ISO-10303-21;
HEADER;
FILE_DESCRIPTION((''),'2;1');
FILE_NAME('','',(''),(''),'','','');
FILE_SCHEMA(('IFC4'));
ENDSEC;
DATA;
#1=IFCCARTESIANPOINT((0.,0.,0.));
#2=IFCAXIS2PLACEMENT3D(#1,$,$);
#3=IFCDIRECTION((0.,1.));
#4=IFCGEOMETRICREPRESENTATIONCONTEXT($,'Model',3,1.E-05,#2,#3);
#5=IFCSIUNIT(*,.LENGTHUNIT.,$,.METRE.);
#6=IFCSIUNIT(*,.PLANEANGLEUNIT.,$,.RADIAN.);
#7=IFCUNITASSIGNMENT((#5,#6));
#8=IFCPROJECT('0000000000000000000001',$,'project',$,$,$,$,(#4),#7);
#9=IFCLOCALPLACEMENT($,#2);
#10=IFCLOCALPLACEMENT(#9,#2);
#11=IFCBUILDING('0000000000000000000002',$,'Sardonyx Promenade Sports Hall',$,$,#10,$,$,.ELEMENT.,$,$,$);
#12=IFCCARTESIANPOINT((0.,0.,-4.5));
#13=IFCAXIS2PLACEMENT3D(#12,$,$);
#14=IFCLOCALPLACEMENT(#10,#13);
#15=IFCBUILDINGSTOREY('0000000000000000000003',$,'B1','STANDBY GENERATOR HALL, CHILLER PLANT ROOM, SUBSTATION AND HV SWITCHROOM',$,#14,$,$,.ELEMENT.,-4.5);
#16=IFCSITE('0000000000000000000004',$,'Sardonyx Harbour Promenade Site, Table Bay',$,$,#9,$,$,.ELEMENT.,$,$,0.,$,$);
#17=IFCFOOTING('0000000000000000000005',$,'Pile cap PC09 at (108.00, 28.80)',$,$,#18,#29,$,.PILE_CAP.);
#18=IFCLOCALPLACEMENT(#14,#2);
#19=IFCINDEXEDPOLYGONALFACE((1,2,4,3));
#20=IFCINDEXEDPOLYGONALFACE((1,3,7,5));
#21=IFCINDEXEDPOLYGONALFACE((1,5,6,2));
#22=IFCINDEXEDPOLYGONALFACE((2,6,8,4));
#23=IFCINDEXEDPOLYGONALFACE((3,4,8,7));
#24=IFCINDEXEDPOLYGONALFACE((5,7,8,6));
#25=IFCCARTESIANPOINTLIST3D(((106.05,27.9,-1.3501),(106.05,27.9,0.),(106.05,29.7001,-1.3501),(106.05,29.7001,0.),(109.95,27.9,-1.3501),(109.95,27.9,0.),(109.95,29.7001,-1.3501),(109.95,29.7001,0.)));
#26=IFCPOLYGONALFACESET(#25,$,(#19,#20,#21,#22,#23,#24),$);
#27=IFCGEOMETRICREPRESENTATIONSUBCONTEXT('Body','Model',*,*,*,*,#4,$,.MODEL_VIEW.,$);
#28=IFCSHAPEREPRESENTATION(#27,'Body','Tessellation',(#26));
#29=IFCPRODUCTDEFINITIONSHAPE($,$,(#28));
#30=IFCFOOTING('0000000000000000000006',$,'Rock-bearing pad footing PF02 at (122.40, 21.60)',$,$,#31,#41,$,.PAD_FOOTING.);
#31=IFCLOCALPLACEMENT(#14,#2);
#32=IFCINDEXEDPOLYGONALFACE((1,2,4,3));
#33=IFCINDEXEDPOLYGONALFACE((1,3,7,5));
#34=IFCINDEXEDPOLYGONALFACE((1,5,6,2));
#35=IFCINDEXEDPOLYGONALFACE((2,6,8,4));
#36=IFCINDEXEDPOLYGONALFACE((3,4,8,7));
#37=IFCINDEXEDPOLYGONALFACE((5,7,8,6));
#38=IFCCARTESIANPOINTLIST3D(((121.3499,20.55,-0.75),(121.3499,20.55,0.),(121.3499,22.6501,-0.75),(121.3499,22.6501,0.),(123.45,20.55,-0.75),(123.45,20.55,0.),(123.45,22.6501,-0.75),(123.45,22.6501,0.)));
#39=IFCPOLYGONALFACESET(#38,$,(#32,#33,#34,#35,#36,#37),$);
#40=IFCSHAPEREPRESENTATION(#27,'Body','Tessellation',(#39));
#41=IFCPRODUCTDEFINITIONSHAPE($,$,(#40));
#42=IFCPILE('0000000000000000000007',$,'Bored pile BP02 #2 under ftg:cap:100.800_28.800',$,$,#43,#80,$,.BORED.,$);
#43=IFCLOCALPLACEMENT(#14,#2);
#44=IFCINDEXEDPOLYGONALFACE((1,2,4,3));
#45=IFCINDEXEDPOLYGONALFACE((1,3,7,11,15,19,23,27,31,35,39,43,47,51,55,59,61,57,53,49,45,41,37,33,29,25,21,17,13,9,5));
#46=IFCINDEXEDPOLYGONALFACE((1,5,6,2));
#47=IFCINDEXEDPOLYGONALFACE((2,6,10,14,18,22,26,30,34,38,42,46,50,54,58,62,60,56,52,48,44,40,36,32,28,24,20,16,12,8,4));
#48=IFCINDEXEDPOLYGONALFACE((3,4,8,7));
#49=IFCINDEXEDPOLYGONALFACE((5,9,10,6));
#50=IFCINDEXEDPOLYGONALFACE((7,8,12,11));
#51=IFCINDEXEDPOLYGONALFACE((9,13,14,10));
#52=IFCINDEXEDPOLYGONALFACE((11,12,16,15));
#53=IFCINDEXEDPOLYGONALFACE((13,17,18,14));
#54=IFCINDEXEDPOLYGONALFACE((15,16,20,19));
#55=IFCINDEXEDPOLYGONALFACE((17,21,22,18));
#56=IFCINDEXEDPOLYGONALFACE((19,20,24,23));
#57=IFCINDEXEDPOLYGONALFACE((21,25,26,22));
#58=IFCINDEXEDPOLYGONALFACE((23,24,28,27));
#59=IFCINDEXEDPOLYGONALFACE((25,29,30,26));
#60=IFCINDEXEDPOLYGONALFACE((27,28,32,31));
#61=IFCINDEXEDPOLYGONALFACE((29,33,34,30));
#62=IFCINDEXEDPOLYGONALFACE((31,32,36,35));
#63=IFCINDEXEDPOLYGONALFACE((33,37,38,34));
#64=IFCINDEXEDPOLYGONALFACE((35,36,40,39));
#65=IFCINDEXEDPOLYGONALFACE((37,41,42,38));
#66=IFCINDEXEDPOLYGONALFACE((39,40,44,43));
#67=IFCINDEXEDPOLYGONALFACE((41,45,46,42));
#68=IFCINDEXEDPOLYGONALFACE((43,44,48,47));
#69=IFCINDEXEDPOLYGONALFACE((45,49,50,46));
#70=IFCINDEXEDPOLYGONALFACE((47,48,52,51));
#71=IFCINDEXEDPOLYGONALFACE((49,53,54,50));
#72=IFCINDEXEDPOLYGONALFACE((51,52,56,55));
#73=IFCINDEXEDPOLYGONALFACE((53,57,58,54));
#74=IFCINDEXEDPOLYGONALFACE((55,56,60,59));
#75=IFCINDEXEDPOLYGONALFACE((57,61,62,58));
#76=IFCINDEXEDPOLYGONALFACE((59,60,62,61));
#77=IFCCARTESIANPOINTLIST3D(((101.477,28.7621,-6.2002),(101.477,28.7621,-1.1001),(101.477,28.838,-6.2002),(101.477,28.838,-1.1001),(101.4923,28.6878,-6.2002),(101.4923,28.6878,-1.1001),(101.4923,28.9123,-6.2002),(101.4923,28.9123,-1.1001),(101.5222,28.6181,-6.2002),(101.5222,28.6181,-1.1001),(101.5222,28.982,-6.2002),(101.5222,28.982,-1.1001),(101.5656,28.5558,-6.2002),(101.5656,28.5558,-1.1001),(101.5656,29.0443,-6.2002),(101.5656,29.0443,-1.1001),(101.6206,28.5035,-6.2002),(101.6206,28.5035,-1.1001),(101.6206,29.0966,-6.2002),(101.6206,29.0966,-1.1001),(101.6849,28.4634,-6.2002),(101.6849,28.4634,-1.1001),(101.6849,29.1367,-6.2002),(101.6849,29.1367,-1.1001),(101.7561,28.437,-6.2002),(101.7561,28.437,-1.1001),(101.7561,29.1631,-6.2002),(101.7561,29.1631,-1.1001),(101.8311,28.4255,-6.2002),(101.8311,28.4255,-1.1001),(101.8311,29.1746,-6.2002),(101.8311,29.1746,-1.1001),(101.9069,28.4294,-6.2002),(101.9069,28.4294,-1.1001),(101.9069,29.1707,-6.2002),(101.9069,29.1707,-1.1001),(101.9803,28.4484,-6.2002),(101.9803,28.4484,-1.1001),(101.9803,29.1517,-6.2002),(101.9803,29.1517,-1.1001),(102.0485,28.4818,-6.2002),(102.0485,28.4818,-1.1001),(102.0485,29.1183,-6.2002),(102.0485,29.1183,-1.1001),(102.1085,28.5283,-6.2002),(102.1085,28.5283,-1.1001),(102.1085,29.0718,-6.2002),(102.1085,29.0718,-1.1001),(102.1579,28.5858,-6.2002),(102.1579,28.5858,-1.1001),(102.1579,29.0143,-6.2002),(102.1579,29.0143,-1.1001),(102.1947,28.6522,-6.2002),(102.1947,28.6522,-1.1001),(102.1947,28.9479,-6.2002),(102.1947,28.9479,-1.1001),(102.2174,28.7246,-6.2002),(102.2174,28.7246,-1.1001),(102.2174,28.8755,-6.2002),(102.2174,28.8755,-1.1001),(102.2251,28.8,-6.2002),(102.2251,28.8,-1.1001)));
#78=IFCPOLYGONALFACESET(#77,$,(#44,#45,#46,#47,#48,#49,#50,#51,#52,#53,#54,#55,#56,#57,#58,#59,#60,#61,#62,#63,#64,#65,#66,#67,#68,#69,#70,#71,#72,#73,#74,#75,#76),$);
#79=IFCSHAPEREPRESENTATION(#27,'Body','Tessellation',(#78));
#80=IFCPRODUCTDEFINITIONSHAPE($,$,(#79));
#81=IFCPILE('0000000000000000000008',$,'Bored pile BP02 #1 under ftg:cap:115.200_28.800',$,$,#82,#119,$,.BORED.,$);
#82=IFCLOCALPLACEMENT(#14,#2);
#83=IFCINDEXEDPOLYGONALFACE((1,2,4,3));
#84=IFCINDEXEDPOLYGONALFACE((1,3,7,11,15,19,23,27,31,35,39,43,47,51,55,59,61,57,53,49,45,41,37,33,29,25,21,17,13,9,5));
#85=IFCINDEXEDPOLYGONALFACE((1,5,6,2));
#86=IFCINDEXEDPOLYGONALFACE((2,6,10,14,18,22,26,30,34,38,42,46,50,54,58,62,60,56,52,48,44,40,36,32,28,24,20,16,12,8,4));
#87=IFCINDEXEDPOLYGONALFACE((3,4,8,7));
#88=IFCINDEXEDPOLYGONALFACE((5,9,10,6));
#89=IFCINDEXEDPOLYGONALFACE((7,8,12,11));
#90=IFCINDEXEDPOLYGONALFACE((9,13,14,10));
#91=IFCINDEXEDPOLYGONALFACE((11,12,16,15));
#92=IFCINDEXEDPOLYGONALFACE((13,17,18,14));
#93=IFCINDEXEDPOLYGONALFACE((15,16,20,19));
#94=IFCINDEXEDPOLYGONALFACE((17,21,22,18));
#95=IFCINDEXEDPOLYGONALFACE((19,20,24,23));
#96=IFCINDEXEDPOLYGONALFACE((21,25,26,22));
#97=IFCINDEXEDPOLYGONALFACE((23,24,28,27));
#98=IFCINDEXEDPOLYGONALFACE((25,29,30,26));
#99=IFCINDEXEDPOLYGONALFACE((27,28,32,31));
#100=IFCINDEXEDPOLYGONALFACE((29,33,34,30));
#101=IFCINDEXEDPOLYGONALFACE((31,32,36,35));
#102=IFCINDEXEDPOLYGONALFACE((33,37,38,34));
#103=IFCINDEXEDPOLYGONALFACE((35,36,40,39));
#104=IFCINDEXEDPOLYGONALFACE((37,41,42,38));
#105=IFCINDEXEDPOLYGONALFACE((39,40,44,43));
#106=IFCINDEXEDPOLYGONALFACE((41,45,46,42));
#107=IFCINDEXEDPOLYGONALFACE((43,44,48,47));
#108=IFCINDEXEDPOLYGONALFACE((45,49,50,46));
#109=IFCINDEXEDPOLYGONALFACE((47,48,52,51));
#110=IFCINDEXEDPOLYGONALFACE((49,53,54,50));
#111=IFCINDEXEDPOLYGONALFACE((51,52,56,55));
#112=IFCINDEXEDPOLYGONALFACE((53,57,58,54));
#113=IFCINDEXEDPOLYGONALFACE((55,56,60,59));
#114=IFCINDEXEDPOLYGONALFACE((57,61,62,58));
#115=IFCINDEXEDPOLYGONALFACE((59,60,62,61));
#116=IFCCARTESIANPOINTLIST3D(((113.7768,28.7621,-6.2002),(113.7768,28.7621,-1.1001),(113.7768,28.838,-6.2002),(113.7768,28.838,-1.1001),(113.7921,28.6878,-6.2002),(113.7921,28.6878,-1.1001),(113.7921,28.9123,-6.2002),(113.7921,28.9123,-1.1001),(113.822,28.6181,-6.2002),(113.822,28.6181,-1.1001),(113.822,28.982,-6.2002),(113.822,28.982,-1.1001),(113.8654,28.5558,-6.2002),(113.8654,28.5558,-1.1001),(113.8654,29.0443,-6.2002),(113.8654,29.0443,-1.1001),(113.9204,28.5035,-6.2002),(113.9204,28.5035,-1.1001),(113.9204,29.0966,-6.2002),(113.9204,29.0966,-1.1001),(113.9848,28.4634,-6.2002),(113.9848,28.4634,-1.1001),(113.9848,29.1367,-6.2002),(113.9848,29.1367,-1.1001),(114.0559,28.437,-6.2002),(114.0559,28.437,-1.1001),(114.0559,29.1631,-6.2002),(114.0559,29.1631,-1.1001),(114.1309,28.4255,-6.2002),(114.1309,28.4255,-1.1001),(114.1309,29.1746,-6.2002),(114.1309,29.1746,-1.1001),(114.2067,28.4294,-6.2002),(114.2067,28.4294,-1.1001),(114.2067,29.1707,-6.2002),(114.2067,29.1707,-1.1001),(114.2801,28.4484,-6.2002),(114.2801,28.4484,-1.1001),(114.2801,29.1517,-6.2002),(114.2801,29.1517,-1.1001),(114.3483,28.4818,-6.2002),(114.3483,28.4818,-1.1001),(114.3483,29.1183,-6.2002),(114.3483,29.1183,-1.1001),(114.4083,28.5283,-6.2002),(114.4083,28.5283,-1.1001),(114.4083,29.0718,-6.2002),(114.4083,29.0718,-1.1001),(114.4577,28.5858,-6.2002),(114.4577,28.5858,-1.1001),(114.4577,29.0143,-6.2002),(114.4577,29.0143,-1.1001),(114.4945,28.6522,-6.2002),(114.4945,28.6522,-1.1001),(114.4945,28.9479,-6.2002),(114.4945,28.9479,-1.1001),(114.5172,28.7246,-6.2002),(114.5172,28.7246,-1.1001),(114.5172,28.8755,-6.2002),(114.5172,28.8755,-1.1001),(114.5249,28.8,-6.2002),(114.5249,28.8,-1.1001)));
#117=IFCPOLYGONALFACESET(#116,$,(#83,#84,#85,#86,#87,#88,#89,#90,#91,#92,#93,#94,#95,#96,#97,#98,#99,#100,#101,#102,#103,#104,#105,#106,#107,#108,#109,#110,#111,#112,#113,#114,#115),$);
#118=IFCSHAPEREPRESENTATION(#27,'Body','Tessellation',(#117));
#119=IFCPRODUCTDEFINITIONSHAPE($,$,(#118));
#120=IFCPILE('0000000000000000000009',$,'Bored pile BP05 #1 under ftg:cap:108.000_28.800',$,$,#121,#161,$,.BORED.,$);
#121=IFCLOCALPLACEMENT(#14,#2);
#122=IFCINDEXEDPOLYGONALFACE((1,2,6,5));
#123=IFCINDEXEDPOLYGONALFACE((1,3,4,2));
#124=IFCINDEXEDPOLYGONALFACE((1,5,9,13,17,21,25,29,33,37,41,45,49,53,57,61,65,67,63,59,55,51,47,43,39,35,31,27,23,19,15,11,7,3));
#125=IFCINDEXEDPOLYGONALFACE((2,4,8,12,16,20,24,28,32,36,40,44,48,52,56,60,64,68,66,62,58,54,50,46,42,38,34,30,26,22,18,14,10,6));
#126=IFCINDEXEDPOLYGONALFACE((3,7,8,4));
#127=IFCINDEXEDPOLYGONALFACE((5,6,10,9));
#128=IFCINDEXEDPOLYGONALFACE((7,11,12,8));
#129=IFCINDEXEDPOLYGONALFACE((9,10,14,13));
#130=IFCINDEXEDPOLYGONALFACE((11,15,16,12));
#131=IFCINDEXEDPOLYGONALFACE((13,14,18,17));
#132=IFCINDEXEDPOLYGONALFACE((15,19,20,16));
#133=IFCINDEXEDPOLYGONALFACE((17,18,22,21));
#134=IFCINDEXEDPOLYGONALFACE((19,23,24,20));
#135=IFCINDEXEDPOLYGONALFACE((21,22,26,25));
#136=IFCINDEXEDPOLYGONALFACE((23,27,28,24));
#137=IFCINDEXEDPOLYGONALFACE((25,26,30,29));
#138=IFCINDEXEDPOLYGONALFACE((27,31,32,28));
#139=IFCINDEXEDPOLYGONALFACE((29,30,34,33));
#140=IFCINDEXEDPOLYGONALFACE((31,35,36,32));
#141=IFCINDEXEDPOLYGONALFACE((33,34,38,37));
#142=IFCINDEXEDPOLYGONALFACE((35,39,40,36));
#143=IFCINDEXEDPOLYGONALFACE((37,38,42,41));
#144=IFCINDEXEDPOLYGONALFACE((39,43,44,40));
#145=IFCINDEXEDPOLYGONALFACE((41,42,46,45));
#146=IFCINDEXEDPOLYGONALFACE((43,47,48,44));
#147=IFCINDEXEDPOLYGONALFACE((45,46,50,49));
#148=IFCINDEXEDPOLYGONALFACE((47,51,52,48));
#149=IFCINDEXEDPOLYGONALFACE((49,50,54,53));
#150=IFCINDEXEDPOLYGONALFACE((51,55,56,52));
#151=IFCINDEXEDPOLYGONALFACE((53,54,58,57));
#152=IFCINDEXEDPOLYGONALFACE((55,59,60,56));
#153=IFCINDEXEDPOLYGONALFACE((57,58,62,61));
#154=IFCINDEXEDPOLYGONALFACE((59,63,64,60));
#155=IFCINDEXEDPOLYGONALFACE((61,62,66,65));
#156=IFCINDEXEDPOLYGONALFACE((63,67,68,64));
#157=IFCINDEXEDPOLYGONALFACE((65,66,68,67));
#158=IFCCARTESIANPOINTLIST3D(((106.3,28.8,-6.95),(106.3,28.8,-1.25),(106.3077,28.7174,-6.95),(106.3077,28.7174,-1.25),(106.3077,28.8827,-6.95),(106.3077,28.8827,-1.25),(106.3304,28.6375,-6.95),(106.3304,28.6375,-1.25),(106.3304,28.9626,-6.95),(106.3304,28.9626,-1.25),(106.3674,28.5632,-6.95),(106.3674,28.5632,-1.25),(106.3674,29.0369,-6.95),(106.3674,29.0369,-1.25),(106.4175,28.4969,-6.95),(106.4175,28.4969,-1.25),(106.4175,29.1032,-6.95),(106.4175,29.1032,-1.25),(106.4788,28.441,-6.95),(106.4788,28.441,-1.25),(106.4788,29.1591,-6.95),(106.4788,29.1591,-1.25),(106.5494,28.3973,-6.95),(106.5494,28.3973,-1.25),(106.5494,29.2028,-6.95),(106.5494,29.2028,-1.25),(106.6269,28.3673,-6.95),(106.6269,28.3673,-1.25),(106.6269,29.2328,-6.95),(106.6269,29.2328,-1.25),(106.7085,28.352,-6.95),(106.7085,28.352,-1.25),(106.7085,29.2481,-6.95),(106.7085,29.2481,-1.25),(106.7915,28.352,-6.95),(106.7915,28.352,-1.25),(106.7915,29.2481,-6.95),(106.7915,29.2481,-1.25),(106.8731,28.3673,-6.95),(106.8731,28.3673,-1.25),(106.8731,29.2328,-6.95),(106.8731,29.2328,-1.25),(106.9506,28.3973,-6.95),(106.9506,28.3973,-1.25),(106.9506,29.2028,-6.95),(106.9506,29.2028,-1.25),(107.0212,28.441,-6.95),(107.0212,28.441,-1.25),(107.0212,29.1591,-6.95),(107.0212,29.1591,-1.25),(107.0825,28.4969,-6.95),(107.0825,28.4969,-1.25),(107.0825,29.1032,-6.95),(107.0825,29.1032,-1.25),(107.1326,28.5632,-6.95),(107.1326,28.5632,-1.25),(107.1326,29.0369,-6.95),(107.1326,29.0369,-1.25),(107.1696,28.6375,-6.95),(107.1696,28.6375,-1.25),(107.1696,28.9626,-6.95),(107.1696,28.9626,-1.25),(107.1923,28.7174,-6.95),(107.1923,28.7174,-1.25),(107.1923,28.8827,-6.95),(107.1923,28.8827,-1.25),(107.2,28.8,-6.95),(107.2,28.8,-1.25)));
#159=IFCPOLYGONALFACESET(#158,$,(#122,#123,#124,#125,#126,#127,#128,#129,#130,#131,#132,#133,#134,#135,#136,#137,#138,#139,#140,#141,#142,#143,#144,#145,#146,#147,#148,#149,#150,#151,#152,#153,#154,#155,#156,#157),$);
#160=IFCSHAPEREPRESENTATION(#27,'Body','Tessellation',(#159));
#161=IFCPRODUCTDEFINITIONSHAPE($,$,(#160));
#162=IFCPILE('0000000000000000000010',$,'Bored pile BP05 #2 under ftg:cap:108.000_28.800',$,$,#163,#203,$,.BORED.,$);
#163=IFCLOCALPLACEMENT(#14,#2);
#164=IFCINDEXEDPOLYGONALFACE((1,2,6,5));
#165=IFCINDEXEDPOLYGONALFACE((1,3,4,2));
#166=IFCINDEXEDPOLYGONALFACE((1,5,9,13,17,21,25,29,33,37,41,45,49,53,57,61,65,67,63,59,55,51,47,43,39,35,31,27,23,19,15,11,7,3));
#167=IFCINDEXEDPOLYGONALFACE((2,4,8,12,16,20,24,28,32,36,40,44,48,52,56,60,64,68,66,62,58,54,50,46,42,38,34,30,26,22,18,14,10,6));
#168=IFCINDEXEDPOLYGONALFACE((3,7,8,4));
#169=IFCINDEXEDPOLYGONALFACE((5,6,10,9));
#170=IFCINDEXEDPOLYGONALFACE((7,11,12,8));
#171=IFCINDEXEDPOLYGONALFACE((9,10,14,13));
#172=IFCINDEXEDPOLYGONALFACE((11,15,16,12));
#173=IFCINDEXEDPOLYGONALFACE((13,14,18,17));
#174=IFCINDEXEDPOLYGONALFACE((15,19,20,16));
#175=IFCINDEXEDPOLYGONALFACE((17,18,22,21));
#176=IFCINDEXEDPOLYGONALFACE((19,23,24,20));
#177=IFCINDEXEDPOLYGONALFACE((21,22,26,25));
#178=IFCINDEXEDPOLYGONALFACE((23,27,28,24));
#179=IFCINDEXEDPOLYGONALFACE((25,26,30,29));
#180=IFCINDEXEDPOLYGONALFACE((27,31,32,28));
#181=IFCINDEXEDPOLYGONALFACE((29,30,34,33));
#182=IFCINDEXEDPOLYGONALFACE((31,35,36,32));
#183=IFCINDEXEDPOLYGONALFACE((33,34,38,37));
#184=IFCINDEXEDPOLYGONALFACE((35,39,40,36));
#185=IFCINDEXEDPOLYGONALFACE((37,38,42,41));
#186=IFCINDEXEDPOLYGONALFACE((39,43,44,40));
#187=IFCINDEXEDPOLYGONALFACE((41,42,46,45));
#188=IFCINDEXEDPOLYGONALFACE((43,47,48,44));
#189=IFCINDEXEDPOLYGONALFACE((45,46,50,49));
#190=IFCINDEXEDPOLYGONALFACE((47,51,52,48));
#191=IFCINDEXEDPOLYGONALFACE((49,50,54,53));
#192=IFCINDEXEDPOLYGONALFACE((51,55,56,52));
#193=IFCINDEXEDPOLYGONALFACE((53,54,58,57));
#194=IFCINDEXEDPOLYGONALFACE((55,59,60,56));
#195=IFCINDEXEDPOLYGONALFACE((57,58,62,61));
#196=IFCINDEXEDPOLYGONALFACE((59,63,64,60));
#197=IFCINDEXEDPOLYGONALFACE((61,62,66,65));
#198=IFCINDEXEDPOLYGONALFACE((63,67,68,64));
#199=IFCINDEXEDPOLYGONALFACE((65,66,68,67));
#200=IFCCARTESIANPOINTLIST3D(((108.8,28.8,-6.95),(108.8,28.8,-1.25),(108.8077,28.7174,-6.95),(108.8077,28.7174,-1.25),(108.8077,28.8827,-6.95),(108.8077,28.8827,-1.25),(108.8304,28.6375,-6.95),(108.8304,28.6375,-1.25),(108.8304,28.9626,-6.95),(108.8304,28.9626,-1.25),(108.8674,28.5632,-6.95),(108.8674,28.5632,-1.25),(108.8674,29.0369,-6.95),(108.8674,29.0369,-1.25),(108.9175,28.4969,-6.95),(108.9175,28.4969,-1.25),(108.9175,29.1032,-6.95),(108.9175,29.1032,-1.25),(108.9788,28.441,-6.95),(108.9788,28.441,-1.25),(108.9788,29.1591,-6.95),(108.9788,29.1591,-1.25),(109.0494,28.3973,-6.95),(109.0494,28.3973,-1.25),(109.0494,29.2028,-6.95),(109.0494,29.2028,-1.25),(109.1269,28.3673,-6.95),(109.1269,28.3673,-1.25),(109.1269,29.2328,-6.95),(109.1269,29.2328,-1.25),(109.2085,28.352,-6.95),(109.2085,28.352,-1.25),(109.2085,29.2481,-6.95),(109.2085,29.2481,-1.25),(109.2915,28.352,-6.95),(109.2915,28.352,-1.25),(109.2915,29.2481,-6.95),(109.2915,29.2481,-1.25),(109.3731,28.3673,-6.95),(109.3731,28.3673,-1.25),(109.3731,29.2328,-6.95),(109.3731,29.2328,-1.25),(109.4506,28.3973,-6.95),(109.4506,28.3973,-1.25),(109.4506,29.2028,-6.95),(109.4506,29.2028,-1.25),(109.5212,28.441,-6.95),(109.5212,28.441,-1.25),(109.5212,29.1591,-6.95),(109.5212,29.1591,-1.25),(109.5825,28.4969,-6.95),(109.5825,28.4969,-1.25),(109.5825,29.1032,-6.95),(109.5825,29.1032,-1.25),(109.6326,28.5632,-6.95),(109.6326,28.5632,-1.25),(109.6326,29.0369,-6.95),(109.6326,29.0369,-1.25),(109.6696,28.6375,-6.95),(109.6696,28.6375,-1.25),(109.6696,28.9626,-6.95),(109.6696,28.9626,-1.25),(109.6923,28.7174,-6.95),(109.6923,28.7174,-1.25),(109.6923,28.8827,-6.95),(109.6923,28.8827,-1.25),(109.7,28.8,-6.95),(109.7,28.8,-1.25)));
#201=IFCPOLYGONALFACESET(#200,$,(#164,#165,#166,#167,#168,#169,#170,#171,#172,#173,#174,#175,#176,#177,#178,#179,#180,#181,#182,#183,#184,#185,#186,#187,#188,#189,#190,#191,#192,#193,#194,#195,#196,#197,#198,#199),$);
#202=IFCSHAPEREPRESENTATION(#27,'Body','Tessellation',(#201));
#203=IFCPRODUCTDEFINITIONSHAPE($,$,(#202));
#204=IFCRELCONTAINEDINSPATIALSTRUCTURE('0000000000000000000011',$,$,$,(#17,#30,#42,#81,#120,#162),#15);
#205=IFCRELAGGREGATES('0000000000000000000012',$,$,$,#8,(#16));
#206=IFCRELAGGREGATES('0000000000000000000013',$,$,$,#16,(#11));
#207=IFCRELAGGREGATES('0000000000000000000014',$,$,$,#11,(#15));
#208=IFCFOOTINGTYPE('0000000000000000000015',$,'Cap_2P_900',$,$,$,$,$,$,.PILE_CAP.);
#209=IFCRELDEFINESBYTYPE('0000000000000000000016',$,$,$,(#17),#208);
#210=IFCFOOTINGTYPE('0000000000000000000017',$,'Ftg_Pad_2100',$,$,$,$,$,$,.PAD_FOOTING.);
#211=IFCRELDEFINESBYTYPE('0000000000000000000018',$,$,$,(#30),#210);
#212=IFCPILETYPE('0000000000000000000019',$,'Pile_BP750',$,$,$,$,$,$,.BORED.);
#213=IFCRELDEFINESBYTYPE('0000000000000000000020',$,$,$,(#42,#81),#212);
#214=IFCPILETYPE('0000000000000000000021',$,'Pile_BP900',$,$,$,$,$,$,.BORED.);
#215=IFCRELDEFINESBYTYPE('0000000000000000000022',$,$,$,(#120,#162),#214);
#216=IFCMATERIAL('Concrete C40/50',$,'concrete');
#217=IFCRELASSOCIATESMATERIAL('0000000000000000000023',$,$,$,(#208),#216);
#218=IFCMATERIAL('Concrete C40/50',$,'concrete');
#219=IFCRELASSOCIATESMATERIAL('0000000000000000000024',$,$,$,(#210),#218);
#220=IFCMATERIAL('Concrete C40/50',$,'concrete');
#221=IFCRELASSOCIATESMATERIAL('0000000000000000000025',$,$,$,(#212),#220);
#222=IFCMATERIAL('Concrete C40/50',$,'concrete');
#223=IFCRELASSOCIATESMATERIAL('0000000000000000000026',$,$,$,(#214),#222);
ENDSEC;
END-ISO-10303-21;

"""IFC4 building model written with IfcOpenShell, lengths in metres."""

from ifc_helpers import new_model, si_unit, direction, frame, origin, origin_2d, place, context, subcontext, project, spatial, rectangle, circle, extrude, material, material_profile, profile_set, type_object, element, save


model = new_model("IFC4")

# Units and contexts
model_context = context("Model", 3, precision=1e-05, world=origin(), true_north=direction((0.0, 1.0)))
body_context = subcontext(model_context, "Body", "Model", "MODEL_VIEW")
ifc_project = project(units=[si_unit("LENGTHUNIT", "METRE"), si_unit("PLANEANGLEUNIT", "RADIAN")], contexts=[model_context])

# Site, building, storey
site_placement = place(None, origin())
site = spatial("IfcSite", under=ifc_project, at=site_placement, Name="Sardonyx Harbour Promenade Site, Table Bay", CompositionType="ELEMENT", RefElevation=0.0)
building_placement = place(site_placement, origin())
building = spatial("IfcBuilding", under=site, at=building_placement, Name="Sardonyx Promenade Sports Hall", CompositionType="ELEMENT")
storey_placement = place(building_placement, frame((0.0, 0.0, -4.5)))
storey = spatial("IfcBuildingStorey", under=building, at=storey_placement, Name="B1", Description="STANDBY GENERATOR HALL, CHILLER PLANT ROOM, SUBSTATION AND HV SWITCHROOM", CompositionType="ELEMENT", Elevation=-4.5)

# Footings
ifc_material_1 = material(Name="Concrete C40/50", Category="concrete")
footing_type_1 = type_object("IfcFootingType", Name="Cap_2P_900", PredefinedType="PILE_CAP", material=ifc_material_1)
footing_1_placement = place(storey_placement, frame((108.0, 28.8, -1.3501), z_axis=(0.0, 0.0, 1.0), x_axis=(1.0, 0.0, 0.0)))
element("IfcFooting", 1, at=footing_1_placement, inside=storey, type_object=footing_type_1, Name="Pile cap PC09 at (108.00, 28.80)", PredefinedType="PILE_CAP", context=body_context, shape_type="SweptSolid", body=[
    extrude(rectangle(XDim=3.8999, YDim=1.8, at=origin_2d()), origin(), (0.0, 0.0, 1.0), 1.3501),
])
ifc_material_2 = material(Name="Concrete C40/50", Category="concrete")
footing_type_2 = type_object("IfcFootingType", Name="Ftg_Pad_2100", PredefinedType="PAD_FOOTING", material=ifc_material_2)
footing_2_placement = place(storey_placement, frame((122.3999, 21.6001, -0.75), z_axis=(0.0, 0.0, 1.0), x_axis=(1.0, 0.0, 0.0)))
element("IfcFooting", 2, at=footing_2_placement, inside=storey, type_object=footing_type_2, Name="Rock-bearing pad footing PF02 at (122.40, 21.60)", PredefinedType="PAD_FOOTING", context=body_context, shape_type="SweptSolid", body=[
    extrude(rectangle(XDim=2.1001, YDim=2.1001, at=origin_2d()), origin(), (0.0, 0.0, 1.0), 0.75),
])

# Piles
ifc_material_3 = material(Name="Concrete C40/50", Category="concrete")
ifc_material_profile_1 = material_profile(ifc_material_3, circle(Radius=0.375, at=origin_2d()))
ifc_profile_set_1 = profile_set([ifc_material_profile_1], Name="Concrete C40/50")
pile_type_1 = type_object("IfcPileType", Name="Pile_BP750", PredefinedType="BORED", material=ifc_profile_set_1)
for number, where, z_axis, x_axis, name in (
    (3, (101.8501, 28.8, -1.1001), (0.0, 0.0, -1.0), (1.0, 0.0, 0.0), "Bored pile BP02 #2 under ftg:cap:100.800_28.800"),
    (4, (114.1499, 28.8, -1.1001), (0.0, 0.0, -1.0), (1.0, 0.0, 0.0), "Bored pile BP02 #1 under ftg:cap:115.200_28.800"),
):
    element("IfcPile", number, at=place(storey_placement, frame(where, z_axis=z_axis, x_axis=x_axis)), inside=storey, type_object=pile_type_1, Name=name, PredefinedType="BORED", context=body_context, shape_type="SweptSolid", body=[
        extrude(circle(Radius=0.375, at=origin_2d()), origin(), (0.0, 0.0, 1.0), 5.1001),
    ])
ifc_material_4 = material(Name="Concrete C40/50", Category="concrete")
ifc_material_profile_2 = material_profile(ifc_material_4, circle(Radius=0.45, at=origin_2d()))
ifc_profile_set_2 = profile_set([ifc_material_profile_2], Name="Concrete C40/50")
pile_type_2 = type_object("IfcPileType", Name="Pile_BP900", PredefinedType="BORED", material=ifc_profile_set_2)
for number, where, z_axis, x_axis, name in (
    (5, (106.75, 28.8, -1.25), (0.0, 0.0, -1.0), (1.0, 0.0, 0.0), "Bored pile BP05 #1 under ftg:cap:108.000_28.800"),
    (6, (109.25, 28.8, -1.25), (0.0, 0.0, -1.0), (1.0, 0.0, 0.0), "Bored pile BP05 #2 under ftg:cap:108.000_28.800"),
):
    element("IfcPile", number, at=place(storey_placement, frame(where, z_axis=z_axis, x_axis=x_axis)), inside=storey, type_object=pile_type_2, Name=name, PredefinedType="BORED", context=body_context, shape_type="SweptSolid", body=[
        extrude(circle(Radius=0.45, at=origin_2d()), origin(), (0.0, 0.0, 1.0), 5.7),
    ])

save(model, "model.ifc")
